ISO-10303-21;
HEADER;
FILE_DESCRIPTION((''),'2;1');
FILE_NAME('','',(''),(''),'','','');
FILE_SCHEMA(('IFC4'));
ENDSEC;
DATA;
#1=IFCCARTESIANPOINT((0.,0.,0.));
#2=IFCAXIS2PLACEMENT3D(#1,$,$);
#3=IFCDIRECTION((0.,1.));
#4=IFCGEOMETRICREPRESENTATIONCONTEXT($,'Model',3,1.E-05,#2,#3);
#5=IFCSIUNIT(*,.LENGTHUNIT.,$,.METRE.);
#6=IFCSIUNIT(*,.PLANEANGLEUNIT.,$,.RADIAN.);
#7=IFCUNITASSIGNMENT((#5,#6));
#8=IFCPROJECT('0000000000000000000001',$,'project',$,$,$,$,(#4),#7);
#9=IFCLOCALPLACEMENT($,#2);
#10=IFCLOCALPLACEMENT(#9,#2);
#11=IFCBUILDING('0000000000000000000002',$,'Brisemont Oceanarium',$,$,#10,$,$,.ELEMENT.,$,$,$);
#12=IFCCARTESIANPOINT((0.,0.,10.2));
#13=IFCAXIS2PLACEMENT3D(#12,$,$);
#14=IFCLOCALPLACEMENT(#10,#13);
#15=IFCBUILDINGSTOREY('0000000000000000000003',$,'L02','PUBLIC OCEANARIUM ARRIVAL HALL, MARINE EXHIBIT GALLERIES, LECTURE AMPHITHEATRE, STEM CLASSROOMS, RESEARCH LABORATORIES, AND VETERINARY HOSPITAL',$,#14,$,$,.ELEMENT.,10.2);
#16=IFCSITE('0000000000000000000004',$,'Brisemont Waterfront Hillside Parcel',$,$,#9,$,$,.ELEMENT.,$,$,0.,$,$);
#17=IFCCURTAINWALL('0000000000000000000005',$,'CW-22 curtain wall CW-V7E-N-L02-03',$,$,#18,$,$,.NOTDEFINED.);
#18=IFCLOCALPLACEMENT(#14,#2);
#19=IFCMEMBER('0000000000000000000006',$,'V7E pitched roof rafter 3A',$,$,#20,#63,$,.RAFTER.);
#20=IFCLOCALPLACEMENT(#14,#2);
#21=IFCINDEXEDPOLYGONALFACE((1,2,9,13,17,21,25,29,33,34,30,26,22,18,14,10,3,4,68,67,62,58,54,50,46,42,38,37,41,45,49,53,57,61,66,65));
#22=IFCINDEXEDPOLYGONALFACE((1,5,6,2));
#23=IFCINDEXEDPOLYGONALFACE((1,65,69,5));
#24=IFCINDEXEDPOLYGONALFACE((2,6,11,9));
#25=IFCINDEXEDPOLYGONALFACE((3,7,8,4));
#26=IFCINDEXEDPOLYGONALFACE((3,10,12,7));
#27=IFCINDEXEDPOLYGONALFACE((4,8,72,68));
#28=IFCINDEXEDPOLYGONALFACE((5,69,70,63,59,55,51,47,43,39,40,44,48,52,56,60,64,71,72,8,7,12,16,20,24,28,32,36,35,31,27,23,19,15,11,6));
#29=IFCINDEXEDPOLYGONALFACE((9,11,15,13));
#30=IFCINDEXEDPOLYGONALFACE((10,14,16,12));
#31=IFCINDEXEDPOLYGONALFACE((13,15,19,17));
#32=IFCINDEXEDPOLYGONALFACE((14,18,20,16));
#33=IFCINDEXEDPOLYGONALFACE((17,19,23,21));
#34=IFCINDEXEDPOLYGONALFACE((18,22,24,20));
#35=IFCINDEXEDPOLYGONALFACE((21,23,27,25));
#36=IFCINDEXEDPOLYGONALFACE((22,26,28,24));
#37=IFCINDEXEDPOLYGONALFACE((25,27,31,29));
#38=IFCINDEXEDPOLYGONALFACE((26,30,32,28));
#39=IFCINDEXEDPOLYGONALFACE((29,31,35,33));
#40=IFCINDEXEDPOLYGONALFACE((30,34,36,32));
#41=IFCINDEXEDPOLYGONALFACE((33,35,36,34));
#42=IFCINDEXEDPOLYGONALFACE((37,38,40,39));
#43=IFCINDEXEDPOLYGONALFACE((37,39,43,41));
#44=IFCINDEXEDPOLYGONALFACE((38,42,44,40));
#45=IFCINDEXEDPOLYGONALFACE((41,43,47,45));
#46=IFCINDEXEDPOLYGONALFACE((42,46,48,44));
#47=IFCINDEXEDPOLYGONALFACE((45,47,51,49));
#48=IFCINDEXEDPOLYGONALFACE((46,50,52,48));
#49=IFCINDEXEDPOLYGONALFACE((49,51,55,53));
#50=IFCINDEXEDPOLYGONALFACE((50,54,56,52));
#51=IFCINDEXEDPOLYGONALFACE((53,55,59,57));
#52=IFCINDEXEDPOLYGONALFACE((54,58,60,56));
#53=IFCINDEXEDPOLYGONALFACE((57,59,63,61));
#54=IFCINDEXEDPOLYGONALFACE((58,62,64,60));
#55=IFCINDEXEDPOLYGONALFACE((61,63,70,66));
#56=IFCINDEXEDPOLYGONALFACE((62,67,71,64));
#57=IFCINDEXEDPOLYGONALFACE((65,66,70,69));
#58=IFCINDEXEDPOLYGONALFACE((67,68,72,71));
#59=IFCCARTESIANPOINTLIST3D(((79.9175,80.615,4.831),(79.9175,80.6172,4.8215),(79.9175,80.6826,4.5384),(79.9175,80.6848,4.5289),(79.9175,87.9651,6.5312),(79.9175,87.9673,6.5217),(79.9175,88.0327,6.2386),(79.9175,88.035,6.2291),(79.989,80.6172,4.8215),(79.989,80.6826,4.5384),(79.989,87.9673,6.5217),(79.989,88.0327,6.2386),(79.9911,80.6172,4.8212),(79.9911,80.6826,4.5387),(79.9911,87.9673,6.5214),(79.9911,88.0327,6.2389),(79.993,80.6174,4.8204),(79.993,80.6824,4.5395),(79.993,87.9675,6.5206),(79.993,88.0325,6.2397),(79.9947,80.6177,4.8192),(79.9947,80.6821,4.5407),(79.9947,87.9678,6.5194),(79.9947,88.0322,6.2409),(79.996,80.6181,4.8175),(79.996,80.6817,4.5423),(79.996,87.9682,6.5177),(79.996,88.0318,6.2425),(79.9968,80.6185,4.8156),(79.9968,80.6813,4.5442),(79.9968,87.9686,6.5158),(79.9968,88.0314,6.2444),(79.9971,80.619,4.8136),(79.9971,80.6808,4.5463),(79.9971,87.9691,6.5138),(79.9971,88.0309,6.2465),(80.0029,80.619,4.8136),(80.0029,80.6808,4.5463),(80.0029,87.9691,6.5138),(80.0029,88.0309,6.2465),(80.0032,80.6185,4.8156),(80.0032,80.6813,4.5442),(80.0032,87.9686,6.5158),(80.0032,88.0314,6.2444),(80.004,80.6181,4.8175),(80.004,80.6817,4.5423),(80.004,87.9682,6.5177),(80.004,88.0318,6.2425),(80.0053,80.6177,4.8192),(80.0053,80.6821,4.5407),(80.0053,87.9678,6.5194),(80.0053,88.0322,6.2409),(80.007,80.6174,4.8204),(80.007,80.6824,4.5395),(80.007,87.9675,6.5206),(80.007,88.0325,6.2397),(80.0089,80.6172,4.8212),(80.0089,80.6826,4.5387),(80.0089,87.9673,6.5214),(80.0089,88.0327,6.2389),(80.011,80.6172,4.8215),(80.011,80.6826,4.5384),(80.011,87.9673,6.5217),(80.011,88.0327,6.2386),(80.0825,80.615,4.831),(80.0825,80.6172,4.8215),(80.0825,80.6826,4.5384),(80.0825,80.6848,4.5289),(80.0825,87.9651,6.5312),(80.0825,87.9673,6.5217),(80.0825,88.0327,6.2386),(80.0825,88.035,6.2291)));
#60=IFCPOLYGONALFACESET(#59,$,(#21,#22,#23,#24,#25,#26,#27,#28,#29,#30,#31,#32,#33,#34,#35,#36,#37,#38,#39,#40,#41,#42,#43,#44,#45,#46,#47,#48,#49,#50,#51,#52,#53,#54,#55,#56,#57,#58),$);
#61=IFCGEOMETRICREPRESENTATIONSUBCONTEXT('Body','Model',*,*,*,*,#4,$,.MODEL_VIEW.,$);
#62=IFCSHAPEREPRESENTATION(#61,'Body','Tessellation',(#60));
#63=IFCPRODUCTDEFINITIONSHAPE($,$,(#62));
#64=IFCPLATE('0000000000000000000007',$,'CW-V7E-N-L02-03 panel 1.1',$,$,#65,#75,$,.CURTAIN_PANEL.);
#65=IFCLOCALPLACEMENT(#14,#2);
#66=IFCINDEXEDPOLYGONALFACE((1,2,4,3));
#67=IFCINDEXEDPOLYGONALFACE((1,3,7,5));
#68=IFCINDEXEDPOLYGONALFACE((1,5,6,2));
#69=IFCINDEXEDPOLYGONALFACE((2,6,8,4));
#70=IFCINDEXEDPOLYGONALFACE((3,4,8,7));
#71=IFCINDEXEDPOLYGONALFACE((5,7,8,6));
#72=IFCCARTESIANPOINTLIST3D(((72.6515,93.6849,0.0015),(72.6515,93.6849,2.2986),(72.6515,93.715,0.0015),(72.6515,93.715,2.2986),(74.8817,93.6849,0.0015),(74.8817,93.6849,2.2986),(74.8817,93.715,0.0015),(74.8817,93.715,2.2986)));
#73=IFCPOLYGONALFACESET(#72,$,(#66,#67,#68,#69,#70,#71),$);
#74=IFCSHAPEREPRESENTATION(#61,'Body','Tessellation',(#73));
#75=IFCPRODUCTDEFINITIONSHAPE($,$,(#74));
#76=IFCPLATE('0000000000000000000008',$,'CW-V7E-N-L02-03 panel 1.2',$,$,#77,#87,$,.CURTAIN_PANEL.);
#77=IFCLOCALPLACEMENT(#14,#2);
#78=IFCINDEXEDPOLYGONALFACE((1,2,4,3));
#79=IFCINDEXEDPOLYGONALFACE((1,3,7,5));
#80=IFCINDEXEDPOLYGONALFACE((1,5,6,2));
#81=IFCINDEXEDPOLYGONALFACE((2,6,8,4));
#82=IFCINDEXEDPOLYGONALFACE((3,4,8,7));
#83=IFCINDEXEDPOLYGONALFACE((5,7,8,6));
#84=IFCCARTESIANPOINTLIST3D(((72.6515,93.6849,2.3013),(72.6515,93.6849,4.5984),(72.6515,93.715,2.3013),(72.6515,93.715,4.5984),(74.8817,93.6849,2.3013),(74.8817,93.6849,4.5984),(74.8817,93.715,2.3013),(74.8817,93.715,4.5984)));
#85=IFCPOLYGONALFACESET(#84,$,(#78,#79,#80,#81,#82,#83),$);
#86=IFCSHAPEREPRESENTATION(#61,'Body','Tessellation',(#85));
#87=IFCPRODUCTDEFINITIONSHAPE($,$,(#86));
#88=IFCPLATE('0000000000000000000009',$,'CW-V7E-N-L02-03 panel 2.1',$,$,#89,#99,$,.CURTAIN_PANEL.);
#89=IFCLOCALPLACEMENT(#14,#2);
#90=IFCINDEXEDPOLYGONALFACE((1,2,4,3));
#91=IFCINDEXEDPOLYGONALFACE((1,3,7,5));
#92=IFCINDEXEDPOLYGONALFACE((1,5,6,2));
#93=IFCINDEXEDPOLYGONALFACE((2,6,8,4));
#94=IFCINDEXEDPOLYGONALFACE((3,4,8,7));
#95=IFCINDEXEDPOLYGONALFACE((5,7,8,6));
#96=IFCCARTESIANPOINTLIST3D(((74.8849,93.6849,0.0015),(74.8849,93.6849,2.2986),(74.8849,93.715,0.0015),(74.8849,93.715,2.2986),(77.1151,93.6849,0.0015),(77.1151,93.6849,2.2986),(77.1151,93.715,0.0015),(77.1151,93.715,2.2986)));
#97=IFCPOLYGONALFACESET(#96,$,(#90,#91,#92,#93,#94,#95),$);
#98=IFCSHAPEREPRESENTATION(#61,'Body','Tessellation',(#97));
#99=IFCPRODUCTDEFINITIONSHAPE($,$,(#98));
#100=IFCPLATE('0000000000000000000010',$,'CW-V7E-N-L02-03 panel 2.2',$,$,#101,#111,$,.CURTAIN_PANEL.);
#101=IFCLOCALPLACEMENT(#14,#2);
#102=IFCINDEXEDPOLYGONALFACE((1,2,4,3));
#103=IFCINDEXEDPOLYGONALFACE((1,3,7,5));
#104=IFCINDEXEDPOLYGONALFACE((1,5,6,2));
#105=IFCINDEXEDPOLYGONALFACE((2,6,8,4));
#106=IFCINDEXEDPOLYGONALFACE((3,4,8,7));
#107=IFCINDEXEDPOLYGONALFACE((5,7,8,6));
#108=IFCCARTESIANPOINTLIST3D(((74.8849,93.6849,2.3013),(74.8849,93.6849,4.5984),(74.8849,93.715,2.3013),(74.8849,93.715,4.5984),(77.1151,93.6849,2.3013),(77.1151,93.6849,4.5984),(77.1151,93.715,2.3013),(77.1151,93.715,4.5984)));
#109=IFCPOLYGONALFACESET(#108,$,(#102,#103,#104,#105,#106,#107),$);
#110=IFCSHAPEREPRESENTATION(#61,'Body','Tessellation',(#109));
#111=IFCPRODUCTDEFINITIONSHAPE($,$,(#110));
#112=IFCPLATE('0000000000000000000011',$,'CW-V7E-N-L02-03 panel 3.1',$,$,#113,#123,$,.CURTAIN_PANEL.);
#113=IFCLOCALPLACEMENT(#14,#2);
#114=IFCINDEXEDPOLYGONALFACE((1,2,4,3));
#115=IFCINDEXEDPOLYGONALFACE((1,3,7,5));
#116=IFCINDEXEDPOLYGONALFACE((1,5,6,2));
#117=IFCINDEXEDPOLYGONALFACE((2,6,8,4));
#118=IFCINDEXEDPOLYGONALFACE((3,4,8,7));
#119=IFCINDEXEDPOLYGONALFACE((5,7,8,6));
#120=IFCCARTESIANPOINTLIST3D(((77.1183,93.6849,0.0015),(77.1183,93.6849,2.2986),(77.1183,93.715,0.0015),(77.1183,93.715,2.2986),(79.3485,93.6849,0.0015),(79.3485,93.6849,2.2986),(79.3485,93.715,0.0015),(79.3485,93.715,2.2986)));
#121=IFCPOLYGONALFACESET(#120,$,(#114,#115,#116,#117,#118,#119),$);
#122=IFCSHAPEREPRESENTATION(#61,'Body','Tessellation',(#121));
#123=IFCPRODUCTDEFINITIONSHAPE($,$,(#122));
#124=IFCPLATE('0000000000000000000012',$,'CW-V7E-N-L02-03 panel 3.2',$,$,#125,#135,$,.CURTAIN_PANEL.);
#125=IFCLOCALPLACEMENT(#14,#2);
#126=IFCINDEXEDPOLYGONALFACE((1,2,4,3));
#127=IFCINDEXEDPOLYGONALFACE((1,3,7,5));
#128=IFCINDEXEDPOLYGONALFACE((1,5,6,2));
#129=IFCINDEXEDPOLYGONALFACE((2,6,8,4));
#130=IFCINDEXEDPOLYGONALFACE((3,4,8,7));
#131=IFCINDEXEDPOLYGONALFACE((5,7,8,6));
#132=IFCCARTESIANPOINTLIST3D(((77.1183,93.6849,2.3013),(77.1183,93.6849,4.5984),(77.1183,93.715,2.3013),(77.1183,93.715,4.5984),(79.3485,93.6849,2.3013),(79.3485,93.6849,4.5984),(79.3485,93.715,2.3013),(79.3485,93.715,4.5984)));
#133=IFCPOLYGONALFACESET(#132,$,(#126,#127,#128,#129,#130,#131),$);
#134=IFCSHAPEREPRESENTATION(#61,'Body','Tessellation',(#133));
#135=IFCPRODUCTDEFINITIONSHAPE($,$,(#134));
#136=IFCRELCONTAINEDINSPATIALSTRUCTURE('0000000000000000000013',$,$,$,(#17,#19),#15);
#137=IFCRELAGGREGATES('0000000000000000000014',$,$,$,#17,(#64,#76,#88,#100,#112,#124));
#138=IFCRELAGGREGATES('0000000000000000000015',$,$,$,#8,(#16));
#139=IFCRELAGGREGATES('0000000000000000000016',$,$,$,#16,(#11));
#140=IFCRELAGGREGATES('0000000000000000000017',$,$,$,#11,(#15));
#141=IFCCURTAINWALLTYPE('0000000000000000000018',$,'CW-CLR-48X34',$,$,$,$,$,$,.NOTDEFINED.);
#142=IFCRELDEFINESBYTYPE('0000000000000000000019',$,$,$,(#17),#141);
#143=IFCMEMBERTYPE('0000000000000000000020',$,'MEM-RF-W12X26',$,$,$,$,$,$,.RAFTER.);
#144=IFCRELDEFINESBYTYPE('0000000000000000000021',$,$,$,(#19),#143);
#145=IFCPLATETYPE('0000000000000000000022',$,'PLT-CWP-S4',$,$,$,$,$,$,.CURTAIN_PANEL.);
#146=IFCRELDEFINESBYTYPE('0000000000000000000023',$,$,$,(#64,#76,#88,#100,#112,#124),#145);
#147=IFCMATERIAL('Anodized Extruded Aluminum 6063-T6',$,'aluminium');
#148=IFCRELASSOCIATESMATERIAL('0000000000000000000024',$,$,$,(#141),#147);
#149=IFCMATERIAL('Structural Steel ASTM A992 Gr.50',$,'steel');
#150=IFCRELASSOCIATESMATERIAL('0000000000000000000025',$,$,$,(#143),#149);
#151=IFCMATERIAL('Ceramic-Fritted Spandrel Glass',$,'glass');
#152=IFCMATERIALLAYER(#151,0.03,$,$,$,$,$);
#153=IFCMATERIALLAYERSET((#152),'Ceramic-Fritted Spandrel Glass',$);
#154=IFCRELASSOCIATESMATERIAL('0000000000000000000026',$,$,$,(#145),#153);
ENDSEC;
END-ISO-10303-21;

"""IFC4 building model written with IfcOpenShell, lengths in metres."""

from ifc_helpers import new_model, si_unit, direction, frame, origin, origin_2d, place, context, subcontext, project, spatial, rectangle, i_section, extrude, material, layer, layer_set, material_profile, profile_set, type_object, element, aggregate, save


model = new_model("IFC4")

# Units and contexts
model_context = context("Model", 3, precision=1e-05, world=origin(), true_north=direction((0.0, 1.0)))
body_context = subcontext(model_context, "Body", "Model", "MODEL_VIEW")
ifc_project = project(units=[si_unit("LENGTHUNIT", "METRE"), si_unit("PLANEANGLEUNIT", "RADIAN")], contexts=[model_context])

# Site, building, storey
site_placement = place(None, origin())
site = spatial("IfcSite", under=ifc_project, at=site_placement, Name="Brisemont Waterfront Hillside Parcel", CompositionType="ELEMENT", RefElevation=0.0)
building_placement = place(site_placement, origin())
building = spatial("IfcBuilding", under=site, at=building_placement, Name="Brisemont Oceanarium", CompositionType="ELEMENT")
storey_placement = place(building_placement, frame((0.0, 0.0, 10.2)))
storey = spatial("IfcBuildingStorey", under=building, at=storey_placement, Name="L02", Description="PUBLIC OCEANARIUM ARRIVAL HALL, MARINE EXHIBIT GALLERIES, LECTURE AMPHITHEATRE, STEM CLASSROOMS, RESEARCH LABORATORIES, AND VETERINARY HOSPITAL", CompositionType="ELEMENT", Elevation=10.2)

# Curtain wall
ifc_material_1 = material(Name="Anodized Extruded Aluminum 6063-T6", Category="aluminium")
curtain_wall_type = type_object("IfcCurtainWallType", Name="CW-CLR-48X34", PredefinedType="NOTDEFINED", material=ifc_material_1)
curtain_wall_placement = place(storey_placement, origin())
curtain_wall = element("IfcCurtainWall", 1, at=curtain_wall_placement, inside=storey, type_object=curtain_wall_type, Name="CW-22 curtain wall CW-V7E-N-L02-03", PredefinedType="NOTDEFINED")

# Member
ifc_material_2 = material(Name="Structural Steel ASTM A992 Gr.50", Category="steel")
ifc_material_profile_1 = material_profile(ifc_material_2, i_section(OverallWidth=0.165, OverallDepth=0.3101, WebThickness=0.0059, FlangeThickness=0.0098, FilletRadius=0.0081, at=origin_2d()), Name="W12X26")
ifc_profile_set_1 = profile_set([ifc_material_profile_1], Name="Structural Steel ASTM A992 Gr.50")
member_type_1 = type_object("IfcMemberType", Name="MEM-RF-W12X26", PredefinedType="RAFTER", material=ifc_profile_set_1)
member_1_placement = place(storey_placement, frame((80.0, 80.6499, 4.6799), z_axis=(0.0, 0.974274, 0.225365), x_axis=(-1.0, 0.0, 0.0)))
element("IfcMember", 2, at=member_1_placement, inside=storey, type_object=member_type_1, Name="V7E pitched roof rafter 3A", PredefinedType="RAFTER", context=body_context, shape_type="SweptSolid", body=[
    extrude(i_section(OverallWidth=0.165, OverallDepth=0.3101, WebThickness=0.0059, FlangeThickness=0.0098, FilletRadius=0.0081, at=origin_2d()), origin(), (0.0, 0.0, 1.0), 7.5442),
])

# Plates
ifc_material_3 = material(Name="Ceramic-Fritted Spandrel Glass", Category="glass")
ifc_layer = layer(ifc_material_3, 0.03)
ifc_layer_set = layer_set([ifc_layer], Name="Ceramic-Fritted Spandrel Glass")
plate_type = type_object("IfcPlateType", Name="PLT-CWP-S4", PredefinedType="CURTAIN_PANEL", material=ifc_layer_set)
plate_1_placement = place(storey_placement, frame((73.7666, 93.7, 0.0015), z_axis=(0.0, 0.0, 1.0), x_axis=(1.0, 0.0, 0.0)))
plate_1 = element("IfcPlate", 3, at=plate_1_placement, type_object=plate_type, Name="CW-V7E-N-L02-03 panel 1.1", PredefinedType="CURTAIN_PANEL", context=body_context, shape_type="SweptSolid", body=[
    extrude(rectangle(XDim=2.2302, YDim=0.03, at=origin_2d()), origin(), (0.0, 0.0, 1.0), 2.2971),
])
plate_2_placement = place(storey_placement, frame((73.7666, 93.7, 2.3013), z_axis=(0.0, 0.0, 1.0), x_axis=(1.0, 0.0, 0.0)))
plate_2 = element("IfcPlate", 4, at=plate_2_placement, type_object=plate_type, Name="CW-V7E-N-L02-03 panel 1.2", PredefinedType="CURTAIN_PANEL", context=body_context, shape_type="SweptSolid", body=[
    extrude(rectangle(XDim=2.2302, YDim=0.03, at=origin_2d()), origin(), (0.0, 0.0, 1.0), 2.2971),
])
plate_3_placement = place(storey_placement, frame((76.0, 93.7, 0.0015), z_axis=(0.0, 0.0, 1.0), x_axis=(1.0, 0.0, 0.0)))
plate_3 = element("IfcPlate", 5, at=plate_3_placement, type_object=plate_type, Name="CW-V7E-N-L02-03 panel 2.1", PredefinedType="CURTAIN_PANEL", context=body_context, shape_type="SweptSolid", body=[
    extrude(rectangle(XDim=2.2302, YDim=0.03, at=origin_2d()), origin(), (0.0, 0.0, 1.0), 2.2971),
])
plate_4_placement = place(storey_placement, frame((76.0, 93.7, 2.3013), z_axis=(0.0, 0.0, 1.0), x_axis=(1.0, 0.0, 0.0)))
plate_4 = element("IfcPlate", 6, at=plate_4_placement, type_object=plate_type, Name="CW-V7E-N-L02-03 panel 2.2", PredefinedType="CURTAIN_PANEL", context=body_context, shape_type="SweptSolid", body=[
    extrude(rectangle(XDim=2.2302, YDim=0.03, at=origin_2d()), origin(), (0.0, 0.0, 1.0), 2.2971),
])
plate_5_placement = place(storey_placement, frame((78.2334, 93.7, 0.0015), z_axis=(0.0, 0.0, 1.0), x_axis=(1.0, 0.0, 0.0)))
plate_5 = element("IfcPlate", 7, at=plate_5_placement, type_object=plate_type, Name="CW-V7E-N-L02-03 panel 3.1", PredefinedType="CURTAIN_PANEL", context=body_context, shape_type="SweptSolid", body=[
    extrude(rectangle(XDim=2.2302, YDim=0.03, at=origin_2d()), origin(), (0.0, 0.0, 1.0), 2.2971),
])
plate_6_placement = place(storey_placement, frame((78.2334, 93.7, 2.3013), z_axis=(0.0, 0.0, 1.0), x_axis=(1.0, 0.0, 0.0)))
plate_6 = element("IfcPlate", 8, at=plate_6_placement, type_object=plate_type, Name="CW-V7E-N-L02-03 panel 3.2", PredefinedType="CURTAIN_PANEL", context=body_context, shape_type="SweptSolid", body=[
    extrude(rectangle(XDim=2.2302, YDim=0.03, at=origin_2d()), origin(), (0.0, 0.0, 1.0), 2.2971),
])
aggregate(curtain_wall, [plate_1, plate_2, plate_3, plate_4, plate_5, plate_6])

save(model, "model.ifc")
